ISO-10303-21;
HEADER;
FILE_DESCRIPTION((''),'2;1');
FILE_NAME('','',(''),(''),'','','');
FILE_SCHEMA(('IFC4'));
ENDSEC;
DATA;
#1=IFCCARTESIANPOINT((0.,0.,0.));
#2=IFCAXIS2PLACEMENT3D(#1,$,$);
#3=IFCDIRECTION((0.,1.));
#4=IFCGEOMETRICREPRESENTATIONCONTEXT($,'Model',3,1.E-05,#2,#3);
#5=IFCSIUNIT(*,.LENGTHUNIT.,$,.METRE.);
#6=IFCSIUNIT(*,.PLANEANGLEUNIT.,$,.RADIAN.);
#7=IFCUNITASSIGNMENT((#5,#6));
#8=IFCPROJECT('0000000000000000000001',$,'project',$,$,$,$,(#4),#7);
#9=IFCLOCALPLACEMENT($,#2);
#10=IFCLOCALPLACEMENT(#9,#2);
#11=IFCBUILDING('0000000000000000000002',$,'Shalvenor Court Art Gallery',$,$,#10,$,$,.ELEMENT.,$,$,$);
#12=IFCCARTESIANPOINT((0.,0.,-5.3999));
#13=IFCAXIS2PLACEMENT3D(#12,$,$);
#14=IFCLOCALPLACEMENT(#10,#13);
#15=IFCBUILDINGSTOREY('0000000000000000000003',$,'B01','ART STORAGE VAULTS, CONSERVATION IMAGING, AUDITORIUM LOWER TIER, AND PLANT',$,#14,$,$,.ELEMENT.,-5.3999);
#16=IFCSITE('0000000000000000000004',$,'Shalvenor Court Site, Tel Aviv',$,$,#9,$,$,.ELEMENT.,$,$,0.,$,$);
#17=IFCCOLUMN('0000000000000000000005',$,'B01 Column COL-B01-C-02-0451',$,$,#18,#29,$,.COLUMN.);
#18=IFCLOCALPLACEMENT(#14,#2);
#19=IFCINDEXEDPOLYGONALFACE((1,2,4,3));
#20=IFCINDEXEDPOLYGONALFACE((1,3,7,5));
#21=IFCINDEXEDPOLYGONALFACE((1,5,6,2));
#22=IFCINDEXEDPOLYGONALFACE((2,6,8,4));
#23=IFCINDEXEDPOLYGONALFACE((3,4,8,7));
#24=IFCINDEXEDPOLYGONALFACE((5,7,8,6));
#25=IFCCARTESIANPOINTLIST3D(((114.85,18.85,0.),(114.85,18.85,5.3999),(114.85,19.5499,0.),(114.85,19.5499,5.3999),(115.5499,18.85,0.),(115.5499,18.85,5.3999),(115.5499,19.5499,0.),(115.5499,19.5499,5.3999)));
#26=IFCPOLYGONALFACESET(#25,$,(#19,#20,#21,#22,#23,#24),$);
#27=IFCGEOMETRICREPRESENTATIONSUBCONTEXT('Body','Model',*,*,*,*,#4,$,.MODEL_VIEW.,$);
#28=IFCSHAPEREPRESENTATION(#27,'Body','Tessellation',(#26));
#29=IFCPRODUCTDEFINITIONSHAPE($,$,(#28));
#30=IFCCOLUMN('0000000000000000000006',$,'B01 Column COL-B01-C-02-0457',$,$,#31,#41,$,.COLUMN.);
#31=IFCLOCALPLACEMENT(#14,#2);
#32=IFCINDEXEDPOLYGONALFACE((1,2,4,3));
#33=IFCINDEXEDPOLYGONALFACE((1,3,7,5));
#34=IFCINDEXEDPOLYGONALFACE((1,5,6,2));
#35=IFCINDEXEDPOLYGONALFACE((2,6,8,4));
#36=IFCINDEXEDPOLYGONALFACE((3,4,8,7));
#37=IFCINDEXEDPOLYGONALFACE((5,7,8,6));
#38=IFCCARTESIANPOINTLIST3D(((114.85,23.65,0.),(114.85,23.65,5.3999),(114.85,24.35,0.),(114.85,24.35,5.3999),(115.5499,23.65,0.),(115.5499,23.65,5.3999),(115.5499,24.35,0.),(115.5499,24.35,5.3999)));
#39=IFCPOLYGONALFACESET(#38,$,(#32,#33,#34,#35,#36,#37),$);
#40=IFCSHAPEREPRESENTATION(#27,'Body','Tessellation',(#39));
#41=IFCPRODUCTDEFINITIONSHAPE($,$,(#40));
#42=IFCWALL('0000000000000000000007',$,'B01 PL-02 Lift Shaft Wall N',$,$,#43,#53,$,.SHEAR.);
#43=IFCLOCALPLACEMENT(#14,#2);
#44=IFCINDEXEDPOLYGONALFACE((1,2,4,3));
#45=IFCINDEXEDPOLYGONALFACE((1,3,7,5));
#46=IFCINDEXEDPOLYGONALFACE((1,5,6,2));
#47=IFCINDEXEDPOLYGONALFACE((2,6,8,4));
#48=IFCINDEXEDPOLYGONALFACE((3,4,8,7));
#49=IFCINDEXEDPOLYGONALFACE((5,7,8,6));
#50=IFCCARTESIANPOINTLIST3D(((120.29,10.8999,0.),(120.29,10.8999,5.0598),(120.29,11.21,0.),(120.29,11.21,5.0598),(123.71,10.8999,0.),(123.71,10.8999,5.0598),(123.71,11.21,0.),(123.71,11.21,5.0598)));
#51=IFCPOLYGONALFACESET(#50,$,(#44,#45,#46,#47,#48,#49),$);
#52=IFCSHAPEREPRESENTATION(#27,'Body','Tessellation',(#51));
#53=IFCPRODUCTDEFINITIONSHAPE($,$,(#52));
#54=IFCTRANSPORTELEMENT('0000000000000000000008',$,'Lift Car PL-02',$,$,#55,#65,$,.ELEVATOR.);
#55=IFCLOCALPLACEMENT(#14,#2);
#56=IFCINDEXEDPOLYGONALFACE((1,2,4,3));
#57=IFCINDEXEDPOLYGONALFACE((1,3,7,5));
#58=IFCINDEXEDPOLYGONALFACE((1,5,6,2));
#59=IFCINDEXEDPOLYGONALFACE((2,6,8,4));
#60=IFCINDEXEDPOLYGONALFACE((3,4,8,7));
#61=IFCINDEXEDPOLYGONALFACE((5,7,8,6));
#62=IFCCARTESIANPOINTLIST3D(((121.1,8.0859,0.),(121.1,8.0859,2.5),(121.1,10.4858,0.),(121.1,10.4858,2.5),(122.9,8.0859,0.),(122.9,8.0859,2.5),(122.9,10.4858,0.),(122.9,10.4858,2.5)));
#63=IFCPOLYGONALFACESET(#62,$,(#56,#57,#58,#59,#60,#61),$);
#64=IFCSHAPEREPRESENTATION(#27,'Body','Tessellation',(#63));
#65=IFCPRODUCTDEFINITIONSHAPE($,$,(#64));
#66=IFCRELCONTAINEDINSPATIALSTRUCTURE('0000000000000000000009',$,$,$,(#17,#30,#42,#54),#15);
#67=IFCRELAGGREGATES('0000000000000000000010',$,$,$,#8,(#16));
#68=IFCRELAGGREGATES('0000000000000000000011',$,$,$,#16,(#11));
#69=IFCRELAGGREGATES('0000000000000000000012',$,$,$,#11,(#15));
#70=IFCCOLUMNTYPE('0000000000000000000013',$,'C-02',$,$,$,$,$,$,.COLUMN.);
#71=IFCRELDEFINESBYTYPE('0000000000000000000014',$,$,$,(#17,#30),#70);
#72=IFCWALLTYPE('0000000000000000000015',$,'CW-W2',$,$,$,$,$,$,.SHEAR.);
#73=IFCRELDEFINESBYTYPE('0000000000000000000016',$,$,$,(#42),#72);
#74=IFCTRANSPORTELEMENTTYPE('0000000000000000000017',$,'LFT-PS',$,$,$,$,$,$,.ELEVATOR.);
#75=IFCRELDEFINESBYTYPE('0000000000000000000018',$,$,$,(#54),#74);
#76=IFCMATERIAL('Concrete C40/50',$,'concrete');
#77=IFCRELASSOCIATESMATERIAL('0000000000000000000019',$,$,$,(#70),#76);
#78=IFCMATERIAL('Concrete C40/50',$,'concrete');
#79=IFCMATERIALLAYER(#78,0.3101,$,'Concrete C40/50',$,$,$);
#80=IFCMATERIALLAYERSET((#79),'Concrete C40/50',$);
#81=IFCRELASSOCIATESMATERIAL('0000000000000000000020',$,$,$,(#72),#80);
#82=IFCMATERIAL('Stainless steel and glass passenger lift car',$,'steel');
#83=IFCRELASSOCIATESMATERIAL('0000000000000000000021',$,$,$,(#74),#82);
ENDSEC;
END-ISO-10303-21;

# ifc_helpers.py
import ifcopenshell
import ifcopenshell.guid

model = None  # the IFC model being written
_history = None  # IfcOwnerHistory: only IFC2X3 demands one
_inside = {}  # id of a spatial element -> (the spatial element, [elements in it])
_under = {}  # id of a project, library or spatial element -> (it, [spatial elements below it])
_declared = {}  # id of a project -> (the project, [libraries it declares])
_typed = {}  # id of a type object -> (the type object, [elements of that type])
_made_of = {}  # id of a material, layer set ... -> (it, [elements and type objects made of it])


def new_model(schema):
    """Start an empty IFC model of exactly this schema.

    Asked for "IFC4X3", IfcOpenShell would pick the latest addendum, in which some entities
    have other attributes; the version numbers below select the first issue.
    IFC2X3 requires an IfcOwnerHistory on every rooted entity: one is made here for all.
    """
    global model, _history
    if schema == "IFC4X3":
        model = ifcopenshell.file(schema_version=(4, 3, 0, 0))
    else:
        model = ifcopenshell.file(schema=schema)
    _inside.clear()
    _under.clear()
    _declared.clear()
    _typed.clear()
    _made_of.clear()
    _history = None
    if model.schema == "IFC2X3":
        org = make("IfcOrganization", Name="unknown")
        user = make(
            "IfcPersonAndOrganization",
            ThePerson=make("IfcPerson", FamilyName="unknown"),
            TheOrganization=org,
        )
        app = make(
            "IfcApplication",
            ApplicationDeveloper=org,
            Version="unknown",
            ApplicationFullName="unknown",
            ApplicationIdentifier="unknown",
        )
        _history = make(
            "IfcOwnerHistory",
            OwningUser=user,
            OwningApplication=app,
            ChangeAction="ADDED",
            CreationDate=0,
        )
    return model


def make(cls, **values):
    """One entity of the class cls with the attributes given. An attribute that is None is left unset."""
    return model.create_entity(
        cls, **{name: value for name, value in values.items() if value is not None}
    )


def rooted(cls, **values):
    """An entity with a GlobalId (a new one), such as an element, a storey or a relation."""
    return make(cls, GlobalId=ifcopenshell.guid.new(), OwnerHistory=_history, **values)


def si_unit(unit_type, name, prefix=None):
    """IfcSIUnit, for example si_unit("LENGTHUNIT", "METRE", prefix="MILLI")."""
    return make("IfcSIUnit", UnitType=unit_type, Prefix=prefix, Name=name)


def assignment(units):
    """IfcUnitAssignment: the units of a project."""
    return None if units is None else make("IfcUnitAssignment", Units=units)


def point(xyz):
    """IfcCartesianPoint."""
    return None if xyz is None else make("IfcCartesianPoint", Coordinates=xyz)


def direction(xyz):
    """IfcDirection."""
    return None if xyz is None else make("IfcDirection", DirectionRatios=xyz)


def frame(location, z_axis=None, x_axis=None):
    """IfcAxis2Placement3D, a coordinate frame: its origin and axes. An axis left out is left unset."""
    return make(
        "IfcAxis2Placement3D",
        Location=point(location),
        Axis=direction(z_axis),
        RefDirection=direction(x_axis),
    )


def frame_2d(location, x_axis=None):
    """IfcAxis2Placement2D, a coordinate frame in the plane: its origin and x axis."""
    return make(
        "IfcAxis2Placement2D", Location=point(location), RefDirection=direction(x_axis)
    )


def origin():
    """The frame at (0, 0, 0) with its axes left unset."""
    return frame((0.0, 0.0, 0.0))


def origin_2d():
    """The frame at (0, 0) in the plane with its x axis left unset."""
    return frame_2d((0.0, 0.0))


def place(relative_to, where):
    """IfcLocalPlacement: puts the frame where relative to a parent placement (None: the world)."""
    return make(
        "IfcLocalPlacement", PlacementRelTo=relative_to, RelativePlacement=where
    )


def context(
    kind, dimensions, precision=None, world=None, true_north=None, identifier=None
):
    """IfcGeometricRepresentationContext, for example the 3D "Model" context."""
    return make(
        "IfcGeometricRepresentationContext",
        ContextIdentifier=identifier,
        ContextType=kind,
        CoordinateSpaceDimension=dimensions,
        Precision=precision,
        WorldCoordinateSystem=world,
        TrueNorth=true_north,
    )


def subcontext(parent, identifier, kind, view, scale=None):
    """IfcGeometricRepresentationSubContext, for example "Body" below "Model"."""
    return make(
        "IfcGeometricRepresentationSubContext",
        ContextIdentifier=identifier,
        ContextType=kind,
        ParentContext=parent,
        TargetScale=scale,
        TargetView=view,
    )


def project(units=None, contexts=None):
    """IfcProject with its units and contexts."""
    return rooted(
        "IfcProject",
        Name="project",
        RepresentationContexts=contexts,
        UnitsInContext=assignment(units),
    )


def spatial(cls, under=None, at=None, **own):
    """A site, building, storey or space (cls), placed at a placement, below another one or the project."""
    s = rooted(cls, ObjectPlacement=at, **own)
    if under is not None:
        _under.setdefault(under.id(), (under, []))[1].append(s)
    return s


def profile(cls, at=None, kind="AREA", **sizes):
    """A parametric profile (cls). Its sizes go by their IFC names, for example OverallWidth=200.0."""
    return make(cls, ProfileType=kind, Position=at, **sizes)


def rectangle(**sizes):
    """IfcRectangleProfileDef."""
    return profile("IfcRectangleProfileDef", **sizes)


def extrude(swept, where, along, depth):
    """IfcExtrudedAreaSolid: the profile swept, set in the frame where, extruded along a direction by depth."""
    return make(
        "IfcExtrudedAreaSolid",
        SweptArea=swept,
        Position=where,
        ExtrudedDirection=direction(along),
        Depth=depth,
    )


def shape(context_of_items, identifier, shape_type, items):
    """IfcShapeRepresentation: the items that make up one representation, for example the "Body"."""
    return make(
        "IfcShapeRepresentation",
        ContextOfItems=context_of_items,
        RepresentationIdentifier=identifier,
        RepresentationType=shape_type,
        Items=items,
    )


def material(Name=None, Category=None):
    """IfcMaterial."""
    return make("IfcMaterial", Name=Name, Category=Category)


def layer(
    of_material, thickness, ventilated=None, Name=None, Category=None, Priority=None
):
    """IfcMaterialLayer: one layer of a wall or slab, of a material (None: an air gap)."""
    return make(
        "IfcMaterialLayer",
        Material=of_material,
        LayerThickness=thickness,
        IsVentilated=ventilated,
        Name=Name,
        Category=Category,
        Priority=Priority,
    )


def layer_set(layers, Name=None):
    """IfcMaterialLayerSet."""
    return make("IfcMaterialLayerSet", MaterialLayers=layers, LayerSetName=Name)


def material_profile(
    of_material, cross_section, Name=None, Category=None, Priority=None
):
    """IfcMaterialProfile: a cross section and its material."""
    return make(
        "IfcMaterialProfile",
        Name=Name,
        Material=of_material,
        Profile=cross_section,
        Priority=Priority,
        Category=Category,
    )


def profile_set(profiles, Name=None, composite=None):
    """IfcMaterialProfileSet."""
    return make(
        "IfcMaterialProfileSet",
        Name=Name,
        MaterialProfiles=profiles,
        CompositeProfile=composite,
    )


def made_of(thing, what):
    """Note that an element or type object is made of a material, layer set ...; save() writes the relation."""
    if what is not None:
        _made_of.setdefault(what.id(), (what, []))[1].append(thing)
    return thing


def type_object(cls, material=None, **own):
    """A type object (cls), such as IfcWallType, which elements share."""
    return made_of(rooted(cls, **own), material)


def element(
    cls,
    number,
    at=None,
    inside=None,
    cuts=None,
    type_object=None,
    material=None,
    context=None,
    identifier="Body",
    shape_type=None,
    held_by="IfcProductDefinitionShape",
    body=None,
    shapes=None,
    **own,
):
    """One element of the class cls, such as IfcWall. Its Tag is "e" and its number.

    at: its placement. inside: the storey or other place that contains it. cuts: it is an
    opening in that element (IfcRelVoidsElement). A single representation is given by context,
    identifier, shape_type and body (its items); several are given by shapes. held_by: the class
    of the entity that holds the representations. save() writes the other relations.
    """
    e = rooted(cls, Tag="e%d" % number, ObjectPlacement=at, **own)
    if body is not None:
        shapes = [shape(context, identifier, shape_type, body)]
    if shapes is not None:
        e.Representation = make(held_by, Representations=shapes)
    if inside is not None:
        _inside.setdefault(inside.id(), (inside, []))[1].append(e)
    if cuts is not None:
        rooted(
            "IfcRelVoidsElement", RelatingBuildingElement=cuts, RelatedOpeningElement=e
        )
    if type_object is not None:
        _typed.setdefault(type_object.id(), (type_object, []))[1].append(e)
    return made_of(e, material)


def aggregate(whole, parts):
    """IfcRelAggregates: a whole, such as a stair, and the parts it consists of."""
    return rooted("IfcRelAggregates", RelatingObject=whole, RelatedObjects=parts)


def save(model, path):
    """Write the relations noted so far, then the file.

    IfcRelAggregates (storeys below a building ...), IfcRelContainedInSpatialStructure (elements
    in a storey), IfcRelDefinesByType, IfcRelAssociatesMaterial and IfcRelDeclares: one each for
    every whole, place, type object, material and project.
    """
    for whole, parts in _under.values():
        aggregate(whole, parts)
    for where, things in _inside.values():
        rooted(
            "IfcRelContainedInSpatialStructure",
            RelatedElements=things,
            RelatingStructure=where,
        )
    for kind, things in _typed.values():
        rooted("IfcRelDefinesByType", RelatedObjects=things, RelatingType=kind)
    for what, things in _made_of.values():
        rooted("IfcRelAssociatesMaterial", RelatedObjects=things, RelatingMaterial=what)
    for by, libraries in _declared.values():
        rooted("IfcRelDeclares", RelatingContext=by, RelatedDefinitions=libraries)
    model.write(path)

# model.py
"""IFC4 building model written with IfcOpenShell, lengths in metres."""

from ifc_helpers import new_model, si_unit, direction, frame, frame_2d, origin, origin_2d, place, context, subcontext, project, spatial, rectangle, extrude, material, layer, layer_set, material_profile, profile_set, type_object, element, save


model = new_model("IFC4")

# Units and contexts
model_context = context("Model", 3, precision=1e-05, world=origin(), true_north=direction((0.0, 1.0)))
body_context = subcontext(model_context, "Body", "Model", "MODEL_VIEW")
ifc_project = project(units=[si_unit("LENGTHUNIT", "METRE"), si_unit("PLANEANGLEUNIT", "RADIAN")], contexts=[model_context])

# Site, building, storey
site_placement = place(None, origin())
site = spatial("IfcSite", under=ifc_project, at=site_placement, Name="Shalvenor Court Site, Tel Aviv", CompositionType="ELEMENT", RefElevation=0.0)
building_placement = place(site_placement, origin())
building = spatial("IfcBuilding", under=site, at=building_placement, Name="Shalvenor Court Art Gallery", CompositionType="ELEMENT")
storey_placement = place(building_placement, frame((0.0, 0.0, -5.3999)))
storey = spatial("IfcBuildingStorey", under=building, at=storey_placement, Name="B01", Description="ART STORAGE VAULTS, CONSERVATION IMAGING, AUDITORIUM LOWER TIER, AND PLANT", CompositionType="ELEMENT", Elevation=-5.3999)

# Columns
ifc_material_1 = material(Name="Concrete C40/50", Category="concrete")
ifc_material_profile_1 = material_profile(ifc_material_1, rectangle(XDim=0.7, YDim=0.7, at=origin_2d()), Name="RC 700x700")
ifc_profile_set_1 = profile_set([ifc_material_profile_1], Name="Concrete C40/50")
column_type = type_object("IfcColumnType", Name="C-02", PredefinedType="COLUMN", material=ifc_profile_set_1)
for number, where, z_axis, x_axis, name in (
    (1, (115.2, 19.2, 0.0), (0.0, 0.0, 1.0), (1.0, 0.0, 0.0), "B01 Column COL-B01-C-02-0451"),
    (2, (115.2, 24.0, 0.0), (0.0, 0.0, 1.0), (1.0, 0.0, 0.0), "B01 Column COL-B01-C-02-0457"),
):
    element("IfcColumn", number, at=place(storey_placement, frame(where, z_axis=z_axis, x_axis=x_axis)), inside=storey, type_object=column_type, Name=name, PredefinedType="COLUMN", context=body_context, shape_type="SweptSolid", body=[
        extrude(rectangle(XDim=0.7, YDim=0.7, at=origin_2d()), origin(), (0.0, 0.0, 1.0), 5.3999),
    ])

# Wall
ifc_material_2 = material(Name="Concrete C40/50", Category="concrete")
ifc_layer = layer(ifc_material_2, 0.3101, Name="Concrete C40/50")
ifc_layer_set = layer_set([ifc_layer], Name="Concrete C40/50")
wall_type = type_object("IfcWallType", Name="CW-W2", PredefinedType="SHEAR", material=ifc_layer_set)
wall_placement = place(storey_placement, frame((120.29, 11.0549, 0.0), z_axis=(0.0, 0.0, 1.0), x_axis=(1.0, 0.0, 0.0)))
element("IfcWall", 3, at=wall_placement, inside=storey, type_object=wall_type, Name="B01 PL-02 Lift Shaft Wall N", PredefinedType="SHEAR", context=body_context, shape_type="SweptSolid", body=[
    extrude(rectangle(XDim=3.4199, YDim=0.3101, at=frame_2d((1.71, 0.0))), origin(), (0.0, 0.0, 1.0), 5.0598),
])

# Transport element
ifc_material_3 = material(Name="Stainless steel and glass passenger lift car", Category="steel")
transport_element_type = type_object("IfcTransportElementType", Name="LFT-PS", PredefinedType="ELEVATOR", material=ifc_material_3)
transport_element_placement = place(storey_placement, frame((122.0, 9.2859, 0.0), z_axis=(0.0, 0.0, 1.0), x_axis=(1.0, 0.0, 0.0)))
element("IfcTransportElement", 4, at=transport_element_placement, inside=storey, type_object=transport_element_type, Name="Lift Car PL-02", PredefinedType="ELEVATOR", context=body_context, shape_type="SweptSolid", body=[
    extrude(rectangle(XDim=1.8, YDim=2.3999, at=origin_2d()), origin(), (0.0, 0.0, 1.0), 2.5),
])

save(model, "model.ifc")
